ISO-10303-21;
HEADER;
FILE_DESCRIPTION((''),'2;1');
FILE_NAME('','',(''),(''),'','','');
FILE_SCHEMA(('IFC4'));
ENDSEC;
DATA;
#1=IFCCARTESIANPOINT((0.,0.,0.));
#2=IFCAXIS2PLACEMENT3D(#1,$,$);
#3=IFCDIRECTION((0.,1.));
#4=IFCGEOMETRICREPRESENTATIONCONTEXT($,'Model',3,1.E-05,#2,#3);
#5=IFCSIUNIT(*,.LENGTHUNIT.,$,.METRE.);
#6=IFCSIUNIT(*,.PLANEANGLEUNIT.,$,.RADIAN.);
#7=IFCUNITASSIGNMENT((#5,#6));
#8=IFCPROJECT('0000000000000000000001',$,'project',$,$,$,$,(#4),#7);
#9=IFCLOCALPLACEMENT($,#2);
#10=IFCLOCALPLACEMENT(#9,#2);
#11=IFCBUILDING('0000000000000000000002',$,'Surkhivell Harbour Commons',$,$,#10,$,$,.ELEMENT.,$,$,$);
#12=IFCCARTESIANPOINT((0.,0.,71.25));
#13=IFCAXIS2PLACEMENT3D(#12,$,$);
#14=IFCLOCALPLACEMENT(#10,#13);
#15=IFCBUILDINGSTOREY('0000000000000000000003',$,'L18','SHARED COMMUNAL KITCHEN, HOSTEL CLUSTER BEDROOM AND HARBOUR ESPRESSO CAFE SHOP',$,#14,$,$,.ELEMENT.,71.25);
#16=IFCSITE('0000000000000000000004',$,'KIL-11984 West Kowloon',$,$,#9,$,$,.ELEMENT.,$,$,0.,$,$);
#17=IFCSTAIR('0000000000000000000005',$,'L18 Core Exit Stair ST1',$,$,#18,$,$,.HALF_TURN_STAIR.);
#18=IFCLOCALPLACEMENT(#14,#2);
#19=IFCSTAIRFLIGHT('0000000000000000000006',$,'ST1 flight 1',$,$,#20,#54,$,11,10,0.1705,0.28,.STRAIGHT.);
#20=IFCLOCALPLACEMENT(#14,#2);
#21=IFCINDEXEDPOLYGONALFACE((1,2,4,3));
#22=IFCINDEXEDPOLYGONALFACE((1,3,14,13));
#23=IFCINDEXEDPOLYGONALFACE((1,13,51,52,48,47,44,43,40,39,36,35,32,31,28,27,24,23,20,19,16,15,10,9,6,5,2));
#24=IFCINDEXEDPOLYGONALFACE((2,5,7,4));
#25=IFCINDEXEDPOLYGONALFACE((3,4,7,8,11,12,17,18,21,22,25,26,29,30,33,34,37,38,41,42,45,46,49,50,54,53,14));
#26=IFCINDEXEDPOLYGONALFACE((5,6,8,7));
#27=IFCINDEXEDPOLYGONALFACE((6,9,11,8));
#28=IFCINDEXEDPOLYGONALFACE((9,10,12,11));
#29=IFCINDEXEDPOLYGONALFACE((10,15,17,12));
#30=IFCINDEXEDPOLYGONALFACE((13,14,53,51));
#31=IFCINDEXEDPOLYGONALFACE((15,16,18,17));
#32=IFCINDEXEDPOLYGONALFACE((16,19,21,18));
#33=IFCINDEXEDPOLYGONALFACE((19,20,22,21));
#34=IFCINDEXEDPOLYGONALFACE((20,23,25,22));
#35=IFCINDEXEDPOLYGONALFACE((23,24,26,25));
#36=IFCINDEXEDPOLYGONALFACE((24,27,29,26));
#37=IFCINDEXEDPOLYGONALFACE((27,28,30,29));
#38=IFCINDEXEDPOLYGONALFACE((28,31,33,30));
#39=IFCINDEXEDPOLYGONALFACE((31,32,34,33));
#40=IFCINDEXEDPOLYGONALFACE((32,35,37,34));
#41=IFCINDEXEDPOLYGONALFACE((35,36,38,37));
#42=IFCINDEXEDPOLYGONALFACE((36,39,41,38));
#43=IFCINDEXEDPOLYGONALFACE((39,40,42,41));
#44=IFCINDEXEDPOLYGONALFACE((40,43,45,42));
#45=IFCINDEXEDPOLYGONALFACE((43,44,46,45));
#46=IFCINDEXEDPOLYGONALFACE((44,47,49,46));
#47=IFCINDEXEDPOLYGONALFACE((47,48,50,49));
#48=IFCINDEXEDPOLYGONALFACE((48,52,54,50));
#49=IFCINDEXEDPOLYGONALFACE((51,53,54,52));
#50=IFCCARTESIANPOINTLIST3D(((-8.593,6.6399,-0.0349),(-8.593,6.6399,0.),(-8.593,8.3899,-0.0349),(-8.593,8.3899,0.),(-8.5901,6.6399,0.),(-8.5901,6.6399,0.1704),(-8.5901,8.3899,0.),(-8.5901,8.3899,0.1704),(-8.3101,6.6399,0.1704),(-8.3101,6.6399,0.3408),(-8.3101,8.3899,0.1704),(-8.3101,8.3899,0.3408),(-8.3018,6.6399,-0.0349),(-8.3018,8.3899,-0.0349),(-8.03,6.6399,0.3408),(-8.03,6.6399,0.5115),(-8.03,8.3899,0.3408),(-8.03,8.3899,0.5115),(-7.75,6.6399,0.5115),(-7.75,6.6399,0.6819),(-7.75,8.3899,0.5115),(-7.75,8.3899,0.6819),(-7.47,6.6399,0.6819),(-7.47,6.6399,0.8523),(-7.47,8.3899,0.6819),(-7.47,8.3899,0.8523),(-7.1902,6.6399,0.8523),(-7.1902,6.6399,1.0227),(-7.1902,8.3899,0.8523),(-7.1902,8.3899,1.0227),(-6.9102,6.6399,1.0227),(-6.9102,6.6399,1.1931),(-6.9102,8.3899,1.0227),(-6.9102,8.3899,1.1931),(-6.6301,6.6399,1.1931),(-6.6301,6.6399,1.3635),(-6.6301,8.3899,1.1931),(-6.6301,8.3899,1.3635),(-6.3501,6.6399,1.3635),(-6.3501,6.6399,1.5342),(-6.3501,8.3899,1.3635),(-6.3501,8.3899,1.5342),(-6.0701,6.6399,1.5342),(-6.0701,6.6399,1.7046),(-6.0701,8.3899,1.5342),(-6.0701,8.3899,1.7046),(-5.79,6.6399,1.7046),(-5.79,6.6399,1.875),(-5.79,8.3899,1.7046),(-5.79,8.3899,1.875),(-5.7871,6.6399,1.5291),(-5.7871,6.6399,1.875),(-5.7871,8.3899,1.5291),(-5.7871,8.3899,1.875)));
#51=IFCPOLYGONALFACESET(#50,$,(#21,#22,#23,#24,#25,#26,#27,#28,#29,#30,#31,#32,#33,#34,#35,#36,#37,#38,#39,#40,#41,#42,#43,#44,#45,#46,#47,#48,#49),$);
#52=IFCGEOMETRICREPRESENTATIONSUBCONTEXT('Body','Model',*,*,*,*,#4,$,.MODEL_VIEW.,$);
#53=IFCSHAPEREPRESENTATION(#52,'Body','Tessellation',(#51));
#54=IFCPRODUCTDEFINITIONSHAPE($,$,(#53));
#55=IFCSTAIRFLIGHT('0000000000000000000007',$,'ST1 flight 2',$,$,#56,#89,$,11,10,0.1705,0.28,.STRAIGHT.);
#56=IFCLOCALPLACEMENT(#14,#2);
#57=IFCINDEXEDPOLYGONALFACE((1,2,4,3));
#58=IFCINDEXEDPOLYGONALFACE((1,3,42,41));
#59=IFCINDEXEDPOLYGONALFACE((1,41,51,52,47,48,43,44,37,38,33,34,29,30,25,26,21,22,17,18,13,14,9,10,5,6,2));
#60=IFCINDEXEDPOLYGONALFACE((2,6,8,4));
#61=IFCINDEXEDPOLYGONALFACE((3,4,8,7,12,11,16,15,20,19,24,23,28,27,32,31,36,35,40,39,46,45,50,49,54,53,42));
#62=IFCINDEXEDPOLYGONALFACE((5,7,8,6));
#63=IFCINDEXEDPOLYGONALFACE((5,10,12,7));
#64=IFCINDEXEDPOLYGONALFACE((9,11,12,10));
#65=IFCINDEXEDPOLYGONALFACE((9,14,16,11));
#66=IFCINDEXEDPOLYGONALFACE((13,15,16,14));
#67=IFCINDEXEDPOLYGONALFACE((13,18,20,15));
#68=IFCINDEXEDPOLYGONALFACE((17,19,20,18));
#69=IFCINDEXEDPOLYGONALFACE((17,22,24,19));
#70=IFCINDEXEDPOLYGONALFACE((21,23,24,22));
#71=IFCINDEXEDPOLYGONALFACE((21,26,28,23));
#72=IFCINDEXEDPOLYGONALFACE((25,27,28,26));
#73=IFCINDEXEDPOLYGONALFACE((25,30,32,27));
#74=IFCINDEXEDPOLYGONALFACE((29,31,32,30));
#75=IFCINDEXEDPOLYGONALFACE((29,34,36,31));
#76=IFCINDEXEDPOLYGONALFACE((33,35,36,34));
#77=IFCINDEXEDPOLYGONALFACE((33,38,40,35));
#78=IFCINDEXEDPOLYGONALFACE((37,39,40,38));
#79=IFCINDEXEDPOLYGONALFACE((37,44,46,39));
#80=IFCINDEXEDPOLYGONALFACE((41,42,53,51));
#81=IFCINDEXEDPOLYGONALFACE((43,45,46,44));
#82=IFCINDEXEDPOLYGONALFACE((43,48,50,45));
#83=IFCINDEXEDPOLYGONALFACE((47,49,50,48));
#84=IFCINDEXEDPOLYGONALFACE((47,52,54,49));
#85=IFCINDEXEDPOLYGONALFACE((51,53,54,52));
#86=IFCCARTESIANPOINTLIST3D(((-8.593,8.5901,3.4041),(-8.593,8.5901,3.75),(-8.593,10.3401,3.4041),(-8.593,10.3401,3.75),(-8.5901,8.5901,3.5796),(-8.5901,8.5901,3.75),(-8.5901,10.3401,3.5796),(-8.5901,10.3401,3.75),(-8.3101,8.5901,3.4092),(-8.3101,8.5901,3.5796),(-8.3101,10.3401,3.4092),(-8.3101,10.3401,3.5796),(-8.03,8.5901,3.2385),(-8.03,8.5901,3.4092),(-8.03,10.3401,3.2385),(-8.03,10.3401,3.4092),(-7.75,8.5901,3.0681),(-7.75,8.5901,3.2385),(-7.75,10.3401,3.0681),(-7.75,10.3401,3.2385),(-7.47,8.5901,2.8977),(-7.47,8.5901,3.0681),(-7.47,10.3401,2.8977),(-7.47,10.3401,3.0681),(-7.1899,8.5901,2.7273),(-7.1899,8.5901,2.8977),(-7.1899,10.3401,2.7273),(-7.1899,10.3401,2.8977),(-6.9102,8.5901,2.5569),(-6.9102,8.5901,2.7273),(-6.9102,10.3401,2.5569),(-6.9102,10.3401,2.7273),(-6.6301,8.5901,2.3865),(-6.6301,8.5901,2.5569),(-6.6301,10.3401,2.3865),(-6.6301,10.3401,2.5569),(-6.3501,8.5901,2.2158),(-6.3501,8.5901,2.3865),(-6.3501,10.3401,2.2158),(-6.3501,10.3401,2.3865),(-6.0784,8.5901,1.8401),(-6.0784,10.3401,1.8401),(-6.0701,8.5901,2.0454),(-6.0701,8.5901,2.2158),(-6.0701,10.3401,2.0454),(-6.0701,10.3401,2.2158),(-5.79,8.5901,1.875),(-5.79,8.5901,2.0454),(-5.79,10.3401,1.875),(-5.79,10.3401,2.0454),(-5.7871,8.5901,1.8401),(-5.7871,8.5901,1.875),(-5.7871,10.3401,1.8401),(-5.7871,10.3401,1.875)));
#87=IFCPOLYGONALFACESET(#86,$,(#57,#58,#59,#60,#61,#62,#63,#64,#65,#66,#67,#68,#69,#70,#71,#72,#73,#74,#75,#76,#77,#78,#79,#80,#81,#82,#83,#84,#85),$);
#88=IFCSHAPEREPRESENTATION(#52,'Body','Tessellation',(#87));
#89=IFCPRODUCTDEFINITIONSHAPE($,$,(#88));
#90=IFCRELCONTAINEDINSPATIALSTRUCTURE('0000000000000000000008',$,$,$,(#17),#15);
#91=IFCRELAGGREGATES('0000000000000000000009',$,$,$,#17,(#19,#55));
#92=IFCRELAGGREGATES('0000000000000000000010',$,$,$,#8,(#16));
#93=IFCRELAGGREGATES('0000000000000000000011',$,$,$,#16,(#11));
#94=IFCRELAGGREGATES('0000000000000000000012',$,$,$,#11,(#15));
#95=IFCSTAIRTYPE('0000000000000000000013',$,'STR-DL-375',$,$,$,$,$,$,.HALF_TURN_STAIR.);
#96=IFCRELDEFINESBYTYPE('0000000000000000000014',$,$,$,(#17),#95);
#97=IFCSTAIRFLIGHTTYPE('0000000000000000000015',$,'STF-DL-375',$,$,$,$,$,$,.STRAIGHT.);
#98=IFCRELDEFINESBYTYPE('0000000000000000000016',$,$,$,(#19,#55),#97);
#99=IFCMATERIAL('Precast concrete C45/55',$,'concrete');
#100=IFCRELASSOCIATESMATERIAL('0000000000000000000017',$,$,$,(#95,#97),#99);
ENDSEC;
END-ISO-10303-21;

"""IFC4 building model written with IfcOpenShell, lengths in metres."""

from ifc_helpers import new_model, si_unit, direction, frame, origin, place, context, subcontext, project, spatial, polyline, outline, extrude, material, type_object, element, aggregate, save


model = new_model("IFC4")

# Units and contexts
model_context = context("Model", 3, precision=1e-05, world=origin(), true_north=direction((0.0, 1.0)))
body_context = subcontext(model_context, "Body", "Model", "MODEL_VIEW")
ifc_project = project(units=[si_unit("LENGTHUNIT", "METRE"), si_unit("PLANEANGLEUNIT", "RADIAN")], contexts=[model_context])

# Site, building, storey
site_placement = place(None, origin())
site = spatial("IfcSite", under=ifc_project, at=site_placement, Name="KIL-11984 West Kowloon", CompositionType="ELEMENT", RefElevation=0.0)
building_placement = place(site_placement, origin())
building = spatial("IfcBuilding", under=site, at=building_placement, Name="Surkhivell Harbour Commons", CompositionType="ELEMENT")
storey_placement = place(building_placement, frame((0.0, 0.0, 71.25)))
storey = spatial("IfcBuildingStorey", under=building, at=storey_placement, Name="L18", Description="SHARED COMMUNAL KITCHEN, HOSTEL CLUSTER BEDROOM AND HARBOUR ESPRESSO CAFE SHOP", CompositionType="ELEMENT", Elevation=71.25)

# Stair, stair flights
ifc_material_1 = material(Name="Precast concrete C45/55", Category="concrete")
stair_type = type_object("IfcStairType", Name="STR-DL-375", PredefinedType="HALF_TURN_STAIR", material=ifc_material_1)
stair_placement = place(storey_placement, origin())
stair = element("IfcStair", 1, at=stair_placement, inside=storey, type_object=stair_type, Name="L18 Core Exit Stair ST1", PredefinedType="HALF_TURN_STAIR")
stair_flight_type = type_object("IfcStairFlightType", Name="STF-DL-375", PredefinedType="STRAIGHT", material=ifc_material_1)
stair_flight_1_placement = place(storey_placement, frame((-8.5901, 7.5149, 0.0), z_axis=(0.0, 0.0, 1.0), x_axis=(1.0, 0.0, 0.0)))
stair_flight_1 = element("IfcStairFlight", 2, at=stair_flight_1_placement, type_object=stair_flight_type, Name="ST1 flight 1", NumberOfRisers=11, NumberOfTreads=10, PredefinedType="STRAIGHT", RiserHeight=0.1705, TreadLength=0.28, context=body_context, shape_type="SweptSolid", body=[
    extrude(outline(polyline([(-0.0029, -0.0349), (-0.0029, 0.0), (0.0, 0.0), (0.0, 0.1704), (0.28, 0.1704), (0.28, 0.3408), (0.5601, 0.3408), (0.5601, 0.5115), (0.8401, 0.5115), (0.8401, 0.6819), (1.1201, 0.6819), (1.1201, 0.8523), (1.3999, 0.8523), (1.3999, 1.0227), (1.6799, 1.0227), (1.6799, 1.1931), (1.96, 1.1931), (1.96, 1.3635), (2.24, 1.3635), (2.24, 1.5342), (2.52, 1.5342), (2.52, 1.7046), (2.8, 1.7046), (2.8, 1.875), (2.803, 1.875), (2.803, 1.5291), (0.2883, -0.0349), (-0.0029, -0.0349)])), frame((0.0, 0.875, 0.0), z_axis=(0.0, -1.0, 0.0), x_axis=(1.0, 0.0, 0.0)), (0.0, 0.0, 1.0), 1.75),
])
stair_flight_2_placement = place(storey_placement, frame((-5.79, 9.4651, 1.875), z_axis=(0.0, 0.0, 1.0), x_axis=(-1.0, 0.0, 0.0)))
stair_flight_2 = element("IfcStairFlight", 3, at=stair_flight_2_placement, type_object=stair_flight_type, Name="ST1 flight 2", NumberOfRisers=11, NumberOfTreads=10, PredefinedType="STRAIGHT", RiserHeight=0.1705, TreadLength=0.28, context=body_context, shape_type="SweptSolid", body=[
    extrude(outline(polyline([(-0.0029, -0.0349), (-0.0029, 0.0), (0.0, 0.0), (0.0, 0.1704), (0.28, 0.1704), (0.28, 0.3408), (0.5601, 0.3408), (0.5601, 0.5115), (0.8401, 0.5115), (0.8401, 0.6819), (1.1201, 0.6819), (1.1201, 0.8523), (1.3999, 0.8523), (1.3999, 1.0227), (1.6799, 1.0227), (1.6799, 1.1931), (1.96, 1.1931), (1.96, 1.3635), (2.24, 1.3635), (2.24, 1.5342), (2.52, 1.5342), (2.52, 1.7046), (2.8, 1.7046), (2.8, 1.875), (2.803, 1.875), (2.803, 1.5291), (0.2883, -0.0349), (-0.0029, -0.0349)])), frame((0.0, 0.875, 0.0), z_axis=(0.0, -1.0, 0.0), x_axis=(1.0, 0.0, 0.0)), (0.0, 0.0, 1.0), 1.75),
])
aggregate(stair, [stair_flight_1, stair_flight_2])

save(model, "model.ifc")
